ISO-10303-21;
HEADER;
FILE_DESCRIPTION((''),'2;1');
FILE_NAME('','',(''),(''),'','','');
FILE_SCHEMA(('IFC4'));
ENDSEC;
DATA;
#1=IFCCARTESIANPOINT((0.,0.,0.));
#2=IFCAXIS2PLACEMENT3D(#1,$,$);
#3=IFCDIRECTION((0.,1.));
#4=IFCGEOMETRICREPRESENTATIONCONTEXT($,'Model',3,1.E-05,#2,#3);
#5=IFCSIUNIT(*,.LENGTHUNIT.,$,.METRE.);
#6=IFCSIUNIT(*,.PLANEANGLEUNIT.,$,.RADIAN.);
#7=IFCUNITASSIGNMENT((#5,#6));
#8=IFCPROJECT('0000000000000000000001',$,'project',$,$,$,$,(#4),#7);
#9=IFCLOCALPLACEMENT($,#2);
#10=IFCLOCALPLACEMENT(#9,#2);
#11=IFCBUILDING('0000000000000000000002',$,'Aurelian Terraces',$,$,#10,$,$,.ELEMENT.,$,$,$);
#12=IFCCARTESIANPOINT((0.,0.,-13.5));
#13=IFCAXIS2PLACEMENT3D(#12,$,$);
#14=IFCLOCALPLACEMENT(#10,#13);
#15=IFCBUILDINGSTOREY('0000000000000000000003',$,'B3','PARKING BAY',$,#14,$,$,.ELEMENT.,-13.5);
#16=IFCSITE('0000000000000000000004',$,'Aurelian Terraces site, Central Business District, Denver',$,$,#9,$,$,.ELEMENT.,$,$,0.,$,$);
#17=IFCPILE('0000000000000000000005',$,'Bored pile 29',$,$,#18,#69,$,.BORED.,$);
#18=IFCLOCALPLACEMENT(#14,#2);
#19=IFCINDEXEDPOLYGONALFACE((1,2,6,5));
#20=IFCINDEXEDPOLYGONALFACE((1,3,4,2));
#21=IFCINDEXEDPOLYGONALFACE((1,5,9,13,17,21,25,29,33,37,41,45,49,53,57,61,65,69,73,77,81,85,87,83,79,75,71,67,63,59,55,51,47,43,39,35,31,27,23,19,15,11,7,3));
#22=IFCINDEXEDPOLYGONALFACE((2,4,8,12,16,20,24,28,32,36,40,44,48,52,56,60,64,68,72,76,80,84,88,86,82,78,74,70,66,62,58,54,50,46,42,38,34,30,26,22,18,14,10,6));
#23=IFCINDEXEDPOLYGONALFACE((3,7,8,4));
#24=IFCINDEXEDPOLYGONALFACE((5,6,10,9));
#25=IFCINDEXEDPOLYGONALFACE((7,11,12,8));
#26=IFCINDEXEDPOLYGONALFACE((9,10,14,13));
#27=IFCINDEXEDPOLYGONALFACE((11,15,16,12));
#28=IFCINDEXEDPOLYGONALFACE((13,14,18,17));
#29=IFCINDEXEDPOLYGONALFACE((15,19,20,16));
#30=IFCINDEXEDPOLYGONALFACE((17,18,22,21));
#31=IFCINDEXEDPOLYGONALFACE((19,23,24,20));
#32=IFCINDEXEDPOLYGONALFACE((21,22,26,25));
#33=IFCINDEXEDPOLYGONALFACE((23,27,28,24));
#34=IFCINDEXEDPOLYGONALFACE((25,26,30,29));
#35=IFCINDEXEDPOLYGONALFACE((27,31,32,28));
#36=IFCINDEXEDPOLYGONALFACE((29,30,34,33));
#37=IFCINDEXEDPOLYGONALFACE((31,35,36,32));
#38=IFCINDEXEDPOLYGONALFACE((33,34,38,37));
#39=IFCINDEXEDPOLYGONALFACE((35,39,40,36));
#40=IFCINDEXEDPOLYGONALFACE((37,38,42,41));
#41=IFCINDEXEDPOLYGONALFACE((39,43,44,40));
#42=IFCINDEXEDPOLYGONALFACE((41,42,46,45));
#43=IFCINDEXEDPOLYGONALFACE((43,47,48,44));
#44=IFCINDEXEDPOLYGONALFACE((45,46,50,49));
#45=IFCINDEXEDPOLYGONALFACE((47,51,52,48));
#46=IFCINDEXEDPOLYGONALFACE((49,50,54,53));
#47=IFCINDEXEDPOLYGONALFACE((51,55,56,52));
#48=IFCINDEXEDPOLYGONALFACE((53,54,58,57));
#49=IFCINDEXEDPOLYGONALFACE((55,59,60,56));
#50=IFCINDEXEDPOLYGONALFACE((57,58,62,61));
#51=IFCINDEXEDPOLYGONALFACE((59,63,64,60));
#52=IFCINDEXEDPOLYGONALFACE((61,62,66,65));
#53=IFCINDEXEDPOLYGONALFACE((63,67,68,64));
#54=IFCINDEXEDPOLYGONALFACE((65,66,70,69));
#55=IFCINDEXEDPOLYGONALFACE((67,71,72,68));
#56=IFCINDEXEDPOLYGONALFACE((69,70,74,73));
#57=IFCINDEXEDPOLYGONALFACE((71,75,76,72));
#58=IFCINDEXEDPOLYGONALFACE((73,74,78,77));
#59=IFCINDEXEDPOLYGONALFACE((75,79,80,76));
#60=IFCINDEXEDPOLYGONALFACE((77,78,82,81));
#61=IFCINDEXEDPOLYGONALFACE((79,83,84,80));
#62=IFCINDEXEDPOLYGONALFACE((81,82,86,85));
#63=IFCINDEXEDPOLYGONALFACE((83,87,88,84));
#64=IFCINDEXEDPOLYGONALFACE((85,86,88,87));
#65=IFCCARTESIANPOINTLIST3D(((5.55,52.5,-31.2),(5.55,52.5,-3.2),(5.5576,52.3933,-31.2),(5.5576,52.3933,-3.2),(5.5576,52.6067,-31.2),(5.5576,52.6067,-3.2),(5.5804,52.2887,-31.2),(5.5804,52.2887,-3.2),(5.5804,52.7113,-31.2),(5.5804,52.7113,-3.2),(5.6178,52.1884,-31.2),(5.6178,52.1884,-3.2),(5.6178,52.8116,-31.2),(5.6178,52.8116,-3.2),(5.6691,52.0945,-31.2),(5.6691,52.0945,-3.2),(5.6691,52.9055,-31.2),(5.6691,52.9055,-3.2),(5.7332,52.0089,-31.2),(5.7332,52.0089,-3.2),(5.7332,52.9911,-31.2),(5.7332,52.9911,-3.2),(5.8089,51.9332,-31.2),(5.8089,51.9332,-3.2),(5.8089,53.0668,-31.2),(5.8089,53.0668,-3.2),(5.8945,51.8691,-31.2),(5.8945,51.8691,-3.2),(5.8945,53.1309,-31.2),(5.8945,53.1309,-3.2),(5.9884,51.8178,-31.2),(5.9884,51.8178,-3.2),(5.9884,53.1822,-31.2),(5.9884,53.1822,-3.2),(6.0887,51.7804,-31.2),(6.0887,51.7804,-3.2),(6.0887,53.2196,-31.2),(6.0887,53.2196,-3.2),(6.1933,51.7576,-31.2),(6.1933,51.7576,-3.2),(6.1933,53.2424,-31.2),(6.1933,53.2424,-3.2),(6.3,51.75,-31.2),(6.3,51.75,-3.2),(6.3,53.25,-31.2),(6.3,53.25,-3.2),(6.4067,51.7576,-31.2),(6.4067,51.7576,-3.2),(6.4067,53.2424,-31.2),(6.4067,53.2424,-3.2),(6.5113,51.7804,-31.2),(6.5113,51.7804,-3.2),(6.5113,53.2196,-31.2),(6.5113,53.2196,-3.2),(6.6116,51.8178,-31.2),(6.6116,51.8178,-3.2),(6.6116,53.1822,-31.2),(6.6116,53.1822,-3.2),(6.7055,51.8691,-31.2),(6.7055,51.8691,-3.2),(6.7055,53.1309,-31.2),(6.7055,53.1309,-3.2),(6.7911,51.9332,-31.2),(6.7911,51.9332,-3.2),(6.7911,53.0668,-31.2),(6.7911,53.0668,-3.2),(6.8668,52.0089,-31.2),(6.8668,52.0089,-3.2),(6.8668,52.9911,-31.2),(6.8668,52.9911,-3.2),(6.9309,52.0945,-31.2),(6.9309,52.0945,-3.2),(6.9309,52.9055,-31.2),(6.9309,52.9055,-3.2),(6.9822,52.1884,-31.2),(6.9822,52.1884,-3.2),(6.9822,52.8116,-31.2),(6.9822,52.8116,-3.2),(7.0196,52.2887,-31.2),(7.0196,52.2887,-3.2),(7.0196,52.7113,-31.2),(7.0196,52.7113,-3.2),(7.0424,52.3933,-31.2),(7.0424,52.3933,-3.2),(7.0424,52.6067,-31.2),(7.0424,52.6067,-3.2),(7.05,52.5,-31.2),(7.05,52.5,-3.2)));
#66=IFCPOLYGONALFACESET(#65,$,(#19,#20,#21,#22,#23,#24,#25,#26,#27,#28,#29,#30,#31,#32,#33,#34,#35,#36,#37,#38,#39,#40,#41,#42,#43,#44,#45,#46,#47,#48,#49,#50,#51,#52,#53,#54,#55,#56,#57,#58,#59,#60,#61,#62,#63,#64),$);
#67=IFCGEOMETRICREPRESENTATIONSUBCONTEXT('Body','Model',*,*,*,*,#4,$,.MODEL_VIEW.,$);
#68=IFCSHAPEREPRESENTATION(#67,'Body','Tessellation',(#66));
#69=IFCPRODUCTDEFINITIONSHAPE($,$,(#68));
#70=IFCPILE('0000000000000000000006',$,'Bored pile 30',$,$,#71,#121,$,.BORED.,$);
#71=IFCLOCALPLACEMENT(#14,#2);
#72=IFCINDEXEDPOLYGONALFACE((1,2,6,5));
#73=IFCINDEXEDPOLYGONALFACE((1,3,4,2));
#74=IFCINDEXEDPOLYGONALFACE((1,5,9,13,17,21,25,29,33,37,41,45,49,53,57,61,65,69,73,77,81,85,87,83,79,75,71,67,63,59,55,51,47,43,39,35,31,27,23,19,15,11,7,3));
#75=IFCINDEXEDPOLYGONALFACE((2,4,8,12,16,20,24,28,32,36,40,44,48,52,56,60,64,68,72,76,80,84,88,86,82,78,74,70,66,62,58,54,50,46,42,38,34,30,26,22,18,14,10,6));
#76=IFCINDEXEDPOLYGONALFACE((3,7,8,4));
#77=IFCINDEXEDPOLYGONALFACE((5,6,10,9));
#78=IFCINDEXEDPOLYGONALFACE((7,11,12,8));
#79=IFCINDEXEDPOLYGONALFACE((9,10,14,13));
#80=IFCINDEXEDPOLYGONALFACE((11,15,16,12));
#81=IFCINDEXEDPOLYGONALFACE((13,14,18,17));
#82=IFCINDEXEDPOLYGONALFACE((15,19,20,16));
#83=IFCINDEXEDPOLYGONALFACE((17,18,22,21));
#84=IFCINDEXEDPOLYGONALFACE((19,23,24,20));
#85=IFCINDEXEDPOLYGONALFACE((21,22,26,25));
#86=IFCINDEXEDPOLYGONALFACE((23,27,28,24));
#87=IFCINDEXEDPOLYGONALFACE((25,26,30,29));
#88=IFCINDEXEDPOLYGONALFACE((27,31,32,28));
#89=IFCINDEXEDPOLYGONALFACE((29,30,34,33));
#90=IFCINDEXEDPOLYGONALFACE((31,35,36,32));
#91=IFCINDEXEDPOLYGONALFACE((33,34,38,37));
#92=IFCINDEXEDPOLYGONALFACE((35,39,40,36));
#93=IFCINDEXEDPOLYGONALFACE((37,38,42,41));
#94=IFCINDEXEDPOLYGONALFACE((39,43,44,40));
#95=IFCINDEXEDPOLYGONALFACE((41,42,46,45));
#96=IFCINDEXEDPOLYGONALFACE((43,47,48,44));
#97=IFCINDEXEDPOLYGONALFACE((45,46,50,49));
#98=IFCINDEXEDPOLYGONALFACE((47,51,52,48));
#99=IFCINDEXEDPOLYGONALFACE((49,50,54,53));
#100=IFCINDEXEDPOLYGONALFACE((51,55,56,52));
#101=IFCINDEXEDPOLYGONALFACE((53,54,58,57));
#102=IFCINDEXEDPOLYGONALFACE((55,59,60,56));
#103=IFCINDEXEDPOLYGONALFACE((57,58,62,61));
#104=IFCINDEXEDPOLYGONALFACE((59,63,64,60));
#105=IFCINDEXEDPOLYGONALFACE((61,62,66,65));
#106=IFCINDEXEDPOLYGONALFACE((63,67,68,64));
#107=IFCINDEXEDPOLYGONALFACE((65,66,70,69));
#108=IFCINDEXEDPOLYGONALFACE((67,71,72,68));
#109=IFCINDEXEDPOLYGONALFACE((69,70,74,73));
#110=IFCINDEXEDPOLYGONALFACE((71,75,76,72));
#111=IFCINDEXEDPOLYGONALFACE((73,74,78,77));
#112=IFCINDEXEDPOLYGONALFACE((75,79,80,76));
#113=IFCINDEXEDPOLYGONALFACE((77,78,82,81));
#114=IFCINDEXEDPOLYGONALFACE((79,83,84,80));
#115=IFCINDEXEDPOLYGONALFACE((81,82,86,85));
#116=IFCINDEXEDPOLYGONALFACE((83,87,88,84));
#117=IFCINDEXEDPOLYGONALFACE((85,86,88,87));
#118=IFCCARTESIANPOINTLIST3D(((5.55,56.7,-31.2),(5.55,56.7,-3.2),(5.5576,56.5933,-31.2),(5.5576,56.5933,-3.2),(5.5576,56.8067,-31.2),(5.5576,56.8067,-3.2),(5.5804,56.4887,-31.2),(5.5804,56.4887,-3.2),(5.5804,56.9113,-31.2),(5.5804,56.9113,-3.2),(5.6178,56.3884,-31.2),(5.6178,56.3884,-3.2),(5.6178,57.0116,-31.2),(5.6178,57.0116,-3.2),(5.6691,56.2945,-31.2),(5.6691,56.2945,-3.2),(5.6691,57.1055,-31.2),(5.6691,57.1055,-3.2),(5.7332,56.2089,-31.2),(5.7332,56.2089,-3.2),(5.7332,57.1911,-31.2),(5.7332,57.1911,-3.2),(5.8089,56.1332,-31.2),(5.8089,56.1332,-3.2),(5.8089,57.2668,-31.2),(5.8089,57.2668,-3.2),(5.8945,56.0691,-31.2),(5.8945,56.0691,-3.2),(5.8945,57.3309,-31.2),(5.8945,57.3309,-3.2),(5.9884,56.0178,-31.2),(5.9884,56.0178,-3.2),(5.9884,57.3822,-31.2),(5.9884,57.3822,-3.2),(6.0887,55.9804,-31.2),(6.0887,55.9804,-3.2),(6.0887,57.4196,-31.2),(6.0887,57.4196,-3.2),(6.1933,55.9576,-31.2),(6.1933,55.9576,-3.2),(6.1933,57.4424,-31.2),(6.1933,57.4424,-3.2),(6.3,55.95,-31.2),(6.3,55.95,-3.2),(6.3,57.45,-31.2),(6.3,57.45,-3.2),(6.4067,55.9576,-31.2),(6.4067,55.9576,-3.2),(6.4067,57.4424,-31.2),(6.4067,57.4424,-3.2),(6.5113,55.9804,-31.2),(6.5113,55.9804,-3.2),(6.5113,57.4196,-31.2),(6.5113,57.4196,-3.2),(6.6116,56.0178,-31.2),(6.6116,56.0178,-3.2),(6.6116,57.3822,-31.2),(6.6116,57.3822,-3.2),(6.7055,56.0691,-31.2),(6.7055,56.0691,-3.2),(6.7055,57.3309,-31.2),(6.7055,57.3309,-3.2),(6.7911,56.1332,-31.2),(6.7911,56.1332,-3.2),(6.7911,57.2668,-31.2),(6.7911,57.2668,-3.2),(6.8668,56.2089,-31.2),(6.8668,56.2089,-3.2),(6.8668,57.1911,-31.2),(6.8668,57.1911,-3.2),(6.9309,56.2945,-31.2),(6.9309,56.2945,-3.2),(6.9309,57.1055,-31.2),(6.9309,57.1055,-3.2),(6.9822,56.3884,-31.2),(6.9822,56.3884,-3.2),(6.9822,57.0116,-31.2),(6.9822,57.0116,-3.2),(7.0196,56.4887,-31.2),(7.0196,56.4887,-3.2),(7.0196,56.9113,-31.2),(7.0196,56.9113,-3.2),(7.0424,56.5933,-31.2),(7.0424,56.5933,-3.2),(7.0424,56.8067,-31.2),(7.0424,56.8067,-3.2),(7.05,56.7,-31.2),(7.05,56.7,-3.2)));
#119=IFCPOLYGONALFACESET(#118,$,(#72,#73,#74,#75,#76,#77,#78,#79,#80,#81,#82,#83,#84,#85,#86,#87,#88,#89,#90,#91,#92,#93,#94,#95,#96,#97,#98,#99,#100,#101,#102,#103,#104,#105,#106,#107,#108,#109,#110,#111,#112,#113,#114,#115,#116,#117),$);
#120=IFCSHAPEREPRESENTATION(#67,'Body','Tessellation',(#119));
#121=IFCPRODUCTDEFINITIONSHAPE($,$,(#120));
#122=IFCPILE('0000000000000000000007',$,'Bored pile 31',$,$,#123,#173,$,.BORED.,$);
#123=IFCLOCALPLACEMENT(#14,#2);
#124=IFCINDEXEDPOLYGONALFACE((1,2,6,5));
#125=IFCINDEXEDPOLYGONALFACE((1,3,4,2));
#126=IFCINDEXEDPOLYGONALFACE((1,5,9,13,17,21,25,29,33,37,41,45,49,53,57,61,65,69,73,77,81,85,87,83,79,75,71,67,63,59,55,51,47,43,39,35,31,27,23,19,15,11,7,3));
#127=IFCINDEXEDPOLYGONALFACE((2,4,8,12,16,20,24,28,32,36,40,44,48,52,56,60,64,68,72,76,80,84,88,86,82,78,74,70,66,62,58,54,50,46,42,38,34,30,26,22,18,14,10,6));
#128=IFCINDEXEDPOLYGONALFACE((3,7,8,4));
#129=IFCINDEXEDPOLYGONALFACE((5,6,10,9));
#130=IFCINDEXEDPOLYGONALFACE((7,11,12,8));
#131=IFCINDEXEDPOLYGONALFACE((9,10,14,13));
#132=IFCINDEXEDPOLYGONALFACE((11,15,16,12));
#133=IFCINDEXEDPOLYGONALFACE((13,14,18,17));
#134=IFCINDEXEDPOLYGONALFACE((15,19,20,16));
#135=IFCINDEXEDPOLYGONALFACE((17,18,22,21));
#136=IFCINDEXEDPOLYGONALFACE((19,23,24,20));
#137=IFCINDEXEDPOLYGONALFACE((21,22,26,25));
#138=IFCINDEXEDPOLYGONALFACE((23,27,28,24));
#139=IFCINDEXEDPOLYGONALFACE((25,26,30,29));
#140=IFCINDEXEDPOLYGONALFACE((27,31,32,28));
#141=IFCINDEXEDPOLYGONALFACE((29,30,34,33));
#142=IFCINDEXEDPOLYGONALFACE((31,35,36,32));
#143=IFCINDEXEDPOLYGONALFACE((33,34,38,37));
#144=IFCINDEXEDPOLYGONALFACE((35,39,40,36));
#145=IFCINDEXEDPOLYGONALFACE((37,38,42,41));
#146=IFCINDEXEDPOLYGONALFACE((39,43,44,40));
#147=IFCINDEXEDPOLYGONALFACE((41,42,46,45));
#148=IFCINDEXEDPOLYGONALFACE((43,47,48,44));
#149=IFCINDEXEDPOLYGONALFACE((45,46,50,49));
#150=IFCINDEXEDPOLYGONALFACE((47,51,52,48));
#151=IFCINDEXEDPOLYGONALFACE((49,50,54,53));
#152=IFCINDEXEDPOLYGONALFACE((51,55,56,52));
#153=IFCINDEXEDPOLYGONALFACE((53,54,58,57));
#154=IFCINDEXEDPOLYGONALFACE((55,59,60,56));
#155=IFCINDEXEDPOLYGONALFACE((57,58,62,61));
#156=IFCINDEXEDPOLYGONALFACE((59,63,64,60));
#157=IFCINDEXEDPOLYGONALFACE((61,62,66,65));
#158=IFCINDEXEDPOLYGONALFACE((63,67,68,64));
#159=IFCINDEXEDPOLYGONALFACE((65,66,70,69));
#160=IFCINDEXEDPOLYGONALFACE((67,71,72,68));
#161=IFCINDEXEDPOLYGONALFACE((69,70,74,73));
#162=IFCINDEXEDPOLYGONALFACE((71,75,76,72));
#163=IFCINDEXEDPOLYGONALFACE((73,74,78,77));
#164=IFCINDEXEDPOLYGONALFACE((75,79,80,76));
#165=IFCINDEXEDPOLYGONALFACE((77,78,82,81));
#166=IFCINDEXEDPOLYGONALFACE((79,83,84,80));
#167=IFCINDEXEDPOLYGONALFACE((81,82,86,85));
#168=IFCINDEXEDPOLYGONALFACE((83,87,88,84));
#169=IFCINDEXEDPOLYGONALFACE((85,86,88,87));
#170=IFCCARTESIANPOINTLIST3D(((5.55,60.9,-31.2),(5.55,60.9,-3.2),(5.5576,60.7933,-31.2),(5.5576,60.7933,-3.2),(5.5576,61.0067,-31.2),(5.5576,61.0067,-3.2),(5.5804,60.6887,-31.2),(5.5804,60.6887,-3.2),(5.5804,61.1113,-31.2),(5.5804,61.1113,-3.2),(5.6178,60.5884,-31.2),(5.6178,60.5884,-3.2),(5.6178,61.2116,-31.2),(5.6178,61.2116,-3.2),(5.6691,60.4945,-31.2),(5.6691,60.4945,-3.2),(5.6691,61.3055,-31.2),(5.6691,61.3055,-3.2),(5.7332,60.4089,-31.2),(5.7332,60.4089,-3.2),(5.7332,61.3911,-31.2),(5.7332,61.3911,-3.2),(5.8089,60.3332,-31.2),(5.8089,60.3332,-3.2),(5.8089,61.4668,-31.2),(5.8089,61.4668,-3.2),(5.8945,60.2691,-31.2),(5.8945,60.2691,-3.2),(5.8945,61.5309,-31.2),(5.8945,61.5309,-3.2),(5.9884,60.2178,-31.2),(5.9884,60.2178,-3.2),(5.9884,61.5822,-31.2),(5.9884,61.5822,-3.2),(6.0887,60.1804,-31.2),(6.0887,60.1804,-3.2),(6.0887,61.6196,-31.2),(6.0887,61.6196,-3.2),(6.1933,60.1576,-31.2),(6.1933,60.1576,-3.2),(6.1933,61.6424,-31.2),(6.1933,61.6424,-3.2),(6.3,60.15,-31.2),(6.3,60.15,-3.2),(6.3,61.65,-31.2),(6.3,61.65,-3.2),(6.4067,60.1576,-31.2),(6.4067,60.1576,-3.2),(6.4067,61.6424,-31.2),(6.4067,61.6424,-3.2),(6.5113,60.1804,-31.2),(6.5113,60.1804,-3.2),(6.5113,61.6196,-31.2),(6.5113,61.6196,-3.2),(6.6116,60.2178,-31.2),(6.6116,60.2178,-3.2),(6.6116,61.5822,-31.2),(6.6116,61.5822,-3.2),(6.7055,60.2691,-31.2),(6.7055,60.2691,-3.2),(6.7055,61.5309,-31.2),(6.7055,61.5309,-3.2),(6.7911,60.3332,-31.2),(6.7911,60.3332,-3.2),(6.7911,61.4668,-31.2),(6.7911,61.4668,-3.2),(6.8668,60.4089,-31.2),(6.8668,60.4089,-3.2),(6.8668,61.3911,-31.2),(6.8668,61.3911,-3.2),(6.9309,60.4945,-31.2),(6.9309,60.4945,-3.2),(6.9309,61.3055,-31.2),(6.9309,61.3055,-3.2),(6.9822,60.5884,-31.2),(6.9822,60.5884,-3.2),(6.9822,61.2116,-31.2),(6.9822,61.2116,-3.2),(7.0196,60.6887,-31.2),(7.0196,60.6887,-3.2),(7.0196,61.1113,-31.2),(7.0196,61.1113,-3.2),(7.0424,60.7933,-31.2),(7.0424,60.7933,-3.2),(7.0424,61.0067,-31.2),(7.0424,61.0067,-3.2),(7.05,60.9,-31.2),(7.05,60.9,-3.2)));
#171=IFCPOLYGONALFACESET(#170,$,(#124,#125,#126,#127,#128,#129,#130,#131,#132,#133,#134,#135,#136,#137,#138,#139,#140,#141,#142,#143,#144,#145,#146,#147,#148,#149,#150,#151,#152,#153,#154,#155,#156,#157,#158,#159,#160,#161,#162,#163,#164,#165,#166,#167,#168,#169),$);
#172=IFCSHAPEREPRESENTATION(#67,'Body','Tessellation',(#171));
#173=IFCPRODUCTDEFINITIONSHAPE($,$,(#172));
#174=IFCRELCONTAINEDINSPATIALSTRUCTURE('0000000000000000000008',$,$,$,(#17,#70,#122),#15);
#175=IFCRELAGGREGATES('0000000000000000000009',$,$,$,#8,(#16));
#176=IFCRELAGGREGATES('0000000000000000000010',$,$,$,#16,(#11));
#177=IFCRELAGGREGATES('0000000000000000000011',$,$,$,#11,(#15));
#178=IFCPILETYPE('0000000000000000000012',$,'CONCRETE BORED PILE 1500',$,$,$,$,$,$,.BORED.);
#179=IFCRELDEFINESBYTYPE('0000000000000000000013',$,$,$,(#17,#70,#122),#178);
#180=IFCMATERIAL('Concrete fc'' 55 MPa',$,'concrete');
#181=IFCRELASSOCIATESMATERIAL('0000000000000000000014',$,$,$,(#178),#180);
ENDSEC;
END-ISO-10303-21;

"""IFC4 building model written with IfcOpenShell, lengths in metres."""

from ifc_helpers import new_model, si_unit, direction, frame, origin, origin_2d, place, context, subcontext, project, spatial, circle, extrude, source, transform, mapped, material, material_profile, profile_set, type_object, element, save


model = new_model("IFC4")

# Units and contexts
model_context = context("Model", 3, precision=1e-05, world=origin(), true_north=direction((0.0, 1.0)))
body_context = subcontext(model_context, "Body", "Model", "MODEL_VIEW")
ifc_project = project(units=[si_unit("LENGTHUNIT", "METRE"), si_unit("PLANEANGLEUNIT", "RADIAN")], contexts=[model_context])

# Site, building, storey
site_placement = place(None, origin())
site = spatial("IfcSite", under=ifc_project, at=site_placement, Name="Aurelian Terraces site, Central Business District, Denver", CompositionType="ELEMENT", RefElevation=0.0)
building_placement = place(site_placement, origin())
building = spatial("IfcBuilding", under=site, at=building_placement, Name="Aurelian Terraces", CompositionType="ELEMENT")
storey_placement = place(building_placement, frame((0.0, 0.0, -13.5)))
storey = spatial("IfcBuildingStorey", under=building, at=storey_placement, Name="B3", Description="PARKING BAY", CompositionType="ELEMENT", Elevation=-13.5)

# Piles
ifc_material_1 = material(Name="Concrete fc' 55 MPa", Category="concrete")
ifc_material_profile_1 = material_profile(ifc_material_1, circle(Radius=0.75, at=origin_2d()))
ifc_profile_set_1 = profile_set([ifc_material_profile_1], Name="Concrete fc' 55 MPa")
pile_type = type_object("IfcPileType", Name="CONCRETE BORED PILE 1500", PredefinedType="BORED", material=ifc_profile_set_1)
shared_shape_1 = source(origin(), body_context, "Body", "SweptSolid", [
    extrude(circle(Radius=0.75, at=origin_2d()), origin(), (0.0, 0.0, 1.0), 28.0),
])
for number, where, z_axis, x_axis, name in (
    (1, (6.3, 52.5, -3.2), (0.0, 0.0, -1.0), (1.0, 0.0, 0.0), "Bored pile 29"),
    (2, (6.3, 56.7, -3.2), (0.0, 0.0, -1.0), (1.0, 0.0, 0.0), "Bored pile 30"),
    (3, (6.3, 60.9, -3.2), (0.0, 0.0, -1.0), (1.0, 0.0, 0.0), "Bored pile 31"),
):
    element("IfcPile", number, at=place(storey_placement, frame(where, z_axis=z_axis, x_axis=x_axis)), inside=storey, type_object=pile_type, Name=name, PredefinedType="BORED", context=body_context, shape_type="MappedRepresentation", body=[
        mapped(shared_shape_1, transform((0.0, 0.0, 0.0), scale=1.0)),
    ])

save(model, "model.ifc")
